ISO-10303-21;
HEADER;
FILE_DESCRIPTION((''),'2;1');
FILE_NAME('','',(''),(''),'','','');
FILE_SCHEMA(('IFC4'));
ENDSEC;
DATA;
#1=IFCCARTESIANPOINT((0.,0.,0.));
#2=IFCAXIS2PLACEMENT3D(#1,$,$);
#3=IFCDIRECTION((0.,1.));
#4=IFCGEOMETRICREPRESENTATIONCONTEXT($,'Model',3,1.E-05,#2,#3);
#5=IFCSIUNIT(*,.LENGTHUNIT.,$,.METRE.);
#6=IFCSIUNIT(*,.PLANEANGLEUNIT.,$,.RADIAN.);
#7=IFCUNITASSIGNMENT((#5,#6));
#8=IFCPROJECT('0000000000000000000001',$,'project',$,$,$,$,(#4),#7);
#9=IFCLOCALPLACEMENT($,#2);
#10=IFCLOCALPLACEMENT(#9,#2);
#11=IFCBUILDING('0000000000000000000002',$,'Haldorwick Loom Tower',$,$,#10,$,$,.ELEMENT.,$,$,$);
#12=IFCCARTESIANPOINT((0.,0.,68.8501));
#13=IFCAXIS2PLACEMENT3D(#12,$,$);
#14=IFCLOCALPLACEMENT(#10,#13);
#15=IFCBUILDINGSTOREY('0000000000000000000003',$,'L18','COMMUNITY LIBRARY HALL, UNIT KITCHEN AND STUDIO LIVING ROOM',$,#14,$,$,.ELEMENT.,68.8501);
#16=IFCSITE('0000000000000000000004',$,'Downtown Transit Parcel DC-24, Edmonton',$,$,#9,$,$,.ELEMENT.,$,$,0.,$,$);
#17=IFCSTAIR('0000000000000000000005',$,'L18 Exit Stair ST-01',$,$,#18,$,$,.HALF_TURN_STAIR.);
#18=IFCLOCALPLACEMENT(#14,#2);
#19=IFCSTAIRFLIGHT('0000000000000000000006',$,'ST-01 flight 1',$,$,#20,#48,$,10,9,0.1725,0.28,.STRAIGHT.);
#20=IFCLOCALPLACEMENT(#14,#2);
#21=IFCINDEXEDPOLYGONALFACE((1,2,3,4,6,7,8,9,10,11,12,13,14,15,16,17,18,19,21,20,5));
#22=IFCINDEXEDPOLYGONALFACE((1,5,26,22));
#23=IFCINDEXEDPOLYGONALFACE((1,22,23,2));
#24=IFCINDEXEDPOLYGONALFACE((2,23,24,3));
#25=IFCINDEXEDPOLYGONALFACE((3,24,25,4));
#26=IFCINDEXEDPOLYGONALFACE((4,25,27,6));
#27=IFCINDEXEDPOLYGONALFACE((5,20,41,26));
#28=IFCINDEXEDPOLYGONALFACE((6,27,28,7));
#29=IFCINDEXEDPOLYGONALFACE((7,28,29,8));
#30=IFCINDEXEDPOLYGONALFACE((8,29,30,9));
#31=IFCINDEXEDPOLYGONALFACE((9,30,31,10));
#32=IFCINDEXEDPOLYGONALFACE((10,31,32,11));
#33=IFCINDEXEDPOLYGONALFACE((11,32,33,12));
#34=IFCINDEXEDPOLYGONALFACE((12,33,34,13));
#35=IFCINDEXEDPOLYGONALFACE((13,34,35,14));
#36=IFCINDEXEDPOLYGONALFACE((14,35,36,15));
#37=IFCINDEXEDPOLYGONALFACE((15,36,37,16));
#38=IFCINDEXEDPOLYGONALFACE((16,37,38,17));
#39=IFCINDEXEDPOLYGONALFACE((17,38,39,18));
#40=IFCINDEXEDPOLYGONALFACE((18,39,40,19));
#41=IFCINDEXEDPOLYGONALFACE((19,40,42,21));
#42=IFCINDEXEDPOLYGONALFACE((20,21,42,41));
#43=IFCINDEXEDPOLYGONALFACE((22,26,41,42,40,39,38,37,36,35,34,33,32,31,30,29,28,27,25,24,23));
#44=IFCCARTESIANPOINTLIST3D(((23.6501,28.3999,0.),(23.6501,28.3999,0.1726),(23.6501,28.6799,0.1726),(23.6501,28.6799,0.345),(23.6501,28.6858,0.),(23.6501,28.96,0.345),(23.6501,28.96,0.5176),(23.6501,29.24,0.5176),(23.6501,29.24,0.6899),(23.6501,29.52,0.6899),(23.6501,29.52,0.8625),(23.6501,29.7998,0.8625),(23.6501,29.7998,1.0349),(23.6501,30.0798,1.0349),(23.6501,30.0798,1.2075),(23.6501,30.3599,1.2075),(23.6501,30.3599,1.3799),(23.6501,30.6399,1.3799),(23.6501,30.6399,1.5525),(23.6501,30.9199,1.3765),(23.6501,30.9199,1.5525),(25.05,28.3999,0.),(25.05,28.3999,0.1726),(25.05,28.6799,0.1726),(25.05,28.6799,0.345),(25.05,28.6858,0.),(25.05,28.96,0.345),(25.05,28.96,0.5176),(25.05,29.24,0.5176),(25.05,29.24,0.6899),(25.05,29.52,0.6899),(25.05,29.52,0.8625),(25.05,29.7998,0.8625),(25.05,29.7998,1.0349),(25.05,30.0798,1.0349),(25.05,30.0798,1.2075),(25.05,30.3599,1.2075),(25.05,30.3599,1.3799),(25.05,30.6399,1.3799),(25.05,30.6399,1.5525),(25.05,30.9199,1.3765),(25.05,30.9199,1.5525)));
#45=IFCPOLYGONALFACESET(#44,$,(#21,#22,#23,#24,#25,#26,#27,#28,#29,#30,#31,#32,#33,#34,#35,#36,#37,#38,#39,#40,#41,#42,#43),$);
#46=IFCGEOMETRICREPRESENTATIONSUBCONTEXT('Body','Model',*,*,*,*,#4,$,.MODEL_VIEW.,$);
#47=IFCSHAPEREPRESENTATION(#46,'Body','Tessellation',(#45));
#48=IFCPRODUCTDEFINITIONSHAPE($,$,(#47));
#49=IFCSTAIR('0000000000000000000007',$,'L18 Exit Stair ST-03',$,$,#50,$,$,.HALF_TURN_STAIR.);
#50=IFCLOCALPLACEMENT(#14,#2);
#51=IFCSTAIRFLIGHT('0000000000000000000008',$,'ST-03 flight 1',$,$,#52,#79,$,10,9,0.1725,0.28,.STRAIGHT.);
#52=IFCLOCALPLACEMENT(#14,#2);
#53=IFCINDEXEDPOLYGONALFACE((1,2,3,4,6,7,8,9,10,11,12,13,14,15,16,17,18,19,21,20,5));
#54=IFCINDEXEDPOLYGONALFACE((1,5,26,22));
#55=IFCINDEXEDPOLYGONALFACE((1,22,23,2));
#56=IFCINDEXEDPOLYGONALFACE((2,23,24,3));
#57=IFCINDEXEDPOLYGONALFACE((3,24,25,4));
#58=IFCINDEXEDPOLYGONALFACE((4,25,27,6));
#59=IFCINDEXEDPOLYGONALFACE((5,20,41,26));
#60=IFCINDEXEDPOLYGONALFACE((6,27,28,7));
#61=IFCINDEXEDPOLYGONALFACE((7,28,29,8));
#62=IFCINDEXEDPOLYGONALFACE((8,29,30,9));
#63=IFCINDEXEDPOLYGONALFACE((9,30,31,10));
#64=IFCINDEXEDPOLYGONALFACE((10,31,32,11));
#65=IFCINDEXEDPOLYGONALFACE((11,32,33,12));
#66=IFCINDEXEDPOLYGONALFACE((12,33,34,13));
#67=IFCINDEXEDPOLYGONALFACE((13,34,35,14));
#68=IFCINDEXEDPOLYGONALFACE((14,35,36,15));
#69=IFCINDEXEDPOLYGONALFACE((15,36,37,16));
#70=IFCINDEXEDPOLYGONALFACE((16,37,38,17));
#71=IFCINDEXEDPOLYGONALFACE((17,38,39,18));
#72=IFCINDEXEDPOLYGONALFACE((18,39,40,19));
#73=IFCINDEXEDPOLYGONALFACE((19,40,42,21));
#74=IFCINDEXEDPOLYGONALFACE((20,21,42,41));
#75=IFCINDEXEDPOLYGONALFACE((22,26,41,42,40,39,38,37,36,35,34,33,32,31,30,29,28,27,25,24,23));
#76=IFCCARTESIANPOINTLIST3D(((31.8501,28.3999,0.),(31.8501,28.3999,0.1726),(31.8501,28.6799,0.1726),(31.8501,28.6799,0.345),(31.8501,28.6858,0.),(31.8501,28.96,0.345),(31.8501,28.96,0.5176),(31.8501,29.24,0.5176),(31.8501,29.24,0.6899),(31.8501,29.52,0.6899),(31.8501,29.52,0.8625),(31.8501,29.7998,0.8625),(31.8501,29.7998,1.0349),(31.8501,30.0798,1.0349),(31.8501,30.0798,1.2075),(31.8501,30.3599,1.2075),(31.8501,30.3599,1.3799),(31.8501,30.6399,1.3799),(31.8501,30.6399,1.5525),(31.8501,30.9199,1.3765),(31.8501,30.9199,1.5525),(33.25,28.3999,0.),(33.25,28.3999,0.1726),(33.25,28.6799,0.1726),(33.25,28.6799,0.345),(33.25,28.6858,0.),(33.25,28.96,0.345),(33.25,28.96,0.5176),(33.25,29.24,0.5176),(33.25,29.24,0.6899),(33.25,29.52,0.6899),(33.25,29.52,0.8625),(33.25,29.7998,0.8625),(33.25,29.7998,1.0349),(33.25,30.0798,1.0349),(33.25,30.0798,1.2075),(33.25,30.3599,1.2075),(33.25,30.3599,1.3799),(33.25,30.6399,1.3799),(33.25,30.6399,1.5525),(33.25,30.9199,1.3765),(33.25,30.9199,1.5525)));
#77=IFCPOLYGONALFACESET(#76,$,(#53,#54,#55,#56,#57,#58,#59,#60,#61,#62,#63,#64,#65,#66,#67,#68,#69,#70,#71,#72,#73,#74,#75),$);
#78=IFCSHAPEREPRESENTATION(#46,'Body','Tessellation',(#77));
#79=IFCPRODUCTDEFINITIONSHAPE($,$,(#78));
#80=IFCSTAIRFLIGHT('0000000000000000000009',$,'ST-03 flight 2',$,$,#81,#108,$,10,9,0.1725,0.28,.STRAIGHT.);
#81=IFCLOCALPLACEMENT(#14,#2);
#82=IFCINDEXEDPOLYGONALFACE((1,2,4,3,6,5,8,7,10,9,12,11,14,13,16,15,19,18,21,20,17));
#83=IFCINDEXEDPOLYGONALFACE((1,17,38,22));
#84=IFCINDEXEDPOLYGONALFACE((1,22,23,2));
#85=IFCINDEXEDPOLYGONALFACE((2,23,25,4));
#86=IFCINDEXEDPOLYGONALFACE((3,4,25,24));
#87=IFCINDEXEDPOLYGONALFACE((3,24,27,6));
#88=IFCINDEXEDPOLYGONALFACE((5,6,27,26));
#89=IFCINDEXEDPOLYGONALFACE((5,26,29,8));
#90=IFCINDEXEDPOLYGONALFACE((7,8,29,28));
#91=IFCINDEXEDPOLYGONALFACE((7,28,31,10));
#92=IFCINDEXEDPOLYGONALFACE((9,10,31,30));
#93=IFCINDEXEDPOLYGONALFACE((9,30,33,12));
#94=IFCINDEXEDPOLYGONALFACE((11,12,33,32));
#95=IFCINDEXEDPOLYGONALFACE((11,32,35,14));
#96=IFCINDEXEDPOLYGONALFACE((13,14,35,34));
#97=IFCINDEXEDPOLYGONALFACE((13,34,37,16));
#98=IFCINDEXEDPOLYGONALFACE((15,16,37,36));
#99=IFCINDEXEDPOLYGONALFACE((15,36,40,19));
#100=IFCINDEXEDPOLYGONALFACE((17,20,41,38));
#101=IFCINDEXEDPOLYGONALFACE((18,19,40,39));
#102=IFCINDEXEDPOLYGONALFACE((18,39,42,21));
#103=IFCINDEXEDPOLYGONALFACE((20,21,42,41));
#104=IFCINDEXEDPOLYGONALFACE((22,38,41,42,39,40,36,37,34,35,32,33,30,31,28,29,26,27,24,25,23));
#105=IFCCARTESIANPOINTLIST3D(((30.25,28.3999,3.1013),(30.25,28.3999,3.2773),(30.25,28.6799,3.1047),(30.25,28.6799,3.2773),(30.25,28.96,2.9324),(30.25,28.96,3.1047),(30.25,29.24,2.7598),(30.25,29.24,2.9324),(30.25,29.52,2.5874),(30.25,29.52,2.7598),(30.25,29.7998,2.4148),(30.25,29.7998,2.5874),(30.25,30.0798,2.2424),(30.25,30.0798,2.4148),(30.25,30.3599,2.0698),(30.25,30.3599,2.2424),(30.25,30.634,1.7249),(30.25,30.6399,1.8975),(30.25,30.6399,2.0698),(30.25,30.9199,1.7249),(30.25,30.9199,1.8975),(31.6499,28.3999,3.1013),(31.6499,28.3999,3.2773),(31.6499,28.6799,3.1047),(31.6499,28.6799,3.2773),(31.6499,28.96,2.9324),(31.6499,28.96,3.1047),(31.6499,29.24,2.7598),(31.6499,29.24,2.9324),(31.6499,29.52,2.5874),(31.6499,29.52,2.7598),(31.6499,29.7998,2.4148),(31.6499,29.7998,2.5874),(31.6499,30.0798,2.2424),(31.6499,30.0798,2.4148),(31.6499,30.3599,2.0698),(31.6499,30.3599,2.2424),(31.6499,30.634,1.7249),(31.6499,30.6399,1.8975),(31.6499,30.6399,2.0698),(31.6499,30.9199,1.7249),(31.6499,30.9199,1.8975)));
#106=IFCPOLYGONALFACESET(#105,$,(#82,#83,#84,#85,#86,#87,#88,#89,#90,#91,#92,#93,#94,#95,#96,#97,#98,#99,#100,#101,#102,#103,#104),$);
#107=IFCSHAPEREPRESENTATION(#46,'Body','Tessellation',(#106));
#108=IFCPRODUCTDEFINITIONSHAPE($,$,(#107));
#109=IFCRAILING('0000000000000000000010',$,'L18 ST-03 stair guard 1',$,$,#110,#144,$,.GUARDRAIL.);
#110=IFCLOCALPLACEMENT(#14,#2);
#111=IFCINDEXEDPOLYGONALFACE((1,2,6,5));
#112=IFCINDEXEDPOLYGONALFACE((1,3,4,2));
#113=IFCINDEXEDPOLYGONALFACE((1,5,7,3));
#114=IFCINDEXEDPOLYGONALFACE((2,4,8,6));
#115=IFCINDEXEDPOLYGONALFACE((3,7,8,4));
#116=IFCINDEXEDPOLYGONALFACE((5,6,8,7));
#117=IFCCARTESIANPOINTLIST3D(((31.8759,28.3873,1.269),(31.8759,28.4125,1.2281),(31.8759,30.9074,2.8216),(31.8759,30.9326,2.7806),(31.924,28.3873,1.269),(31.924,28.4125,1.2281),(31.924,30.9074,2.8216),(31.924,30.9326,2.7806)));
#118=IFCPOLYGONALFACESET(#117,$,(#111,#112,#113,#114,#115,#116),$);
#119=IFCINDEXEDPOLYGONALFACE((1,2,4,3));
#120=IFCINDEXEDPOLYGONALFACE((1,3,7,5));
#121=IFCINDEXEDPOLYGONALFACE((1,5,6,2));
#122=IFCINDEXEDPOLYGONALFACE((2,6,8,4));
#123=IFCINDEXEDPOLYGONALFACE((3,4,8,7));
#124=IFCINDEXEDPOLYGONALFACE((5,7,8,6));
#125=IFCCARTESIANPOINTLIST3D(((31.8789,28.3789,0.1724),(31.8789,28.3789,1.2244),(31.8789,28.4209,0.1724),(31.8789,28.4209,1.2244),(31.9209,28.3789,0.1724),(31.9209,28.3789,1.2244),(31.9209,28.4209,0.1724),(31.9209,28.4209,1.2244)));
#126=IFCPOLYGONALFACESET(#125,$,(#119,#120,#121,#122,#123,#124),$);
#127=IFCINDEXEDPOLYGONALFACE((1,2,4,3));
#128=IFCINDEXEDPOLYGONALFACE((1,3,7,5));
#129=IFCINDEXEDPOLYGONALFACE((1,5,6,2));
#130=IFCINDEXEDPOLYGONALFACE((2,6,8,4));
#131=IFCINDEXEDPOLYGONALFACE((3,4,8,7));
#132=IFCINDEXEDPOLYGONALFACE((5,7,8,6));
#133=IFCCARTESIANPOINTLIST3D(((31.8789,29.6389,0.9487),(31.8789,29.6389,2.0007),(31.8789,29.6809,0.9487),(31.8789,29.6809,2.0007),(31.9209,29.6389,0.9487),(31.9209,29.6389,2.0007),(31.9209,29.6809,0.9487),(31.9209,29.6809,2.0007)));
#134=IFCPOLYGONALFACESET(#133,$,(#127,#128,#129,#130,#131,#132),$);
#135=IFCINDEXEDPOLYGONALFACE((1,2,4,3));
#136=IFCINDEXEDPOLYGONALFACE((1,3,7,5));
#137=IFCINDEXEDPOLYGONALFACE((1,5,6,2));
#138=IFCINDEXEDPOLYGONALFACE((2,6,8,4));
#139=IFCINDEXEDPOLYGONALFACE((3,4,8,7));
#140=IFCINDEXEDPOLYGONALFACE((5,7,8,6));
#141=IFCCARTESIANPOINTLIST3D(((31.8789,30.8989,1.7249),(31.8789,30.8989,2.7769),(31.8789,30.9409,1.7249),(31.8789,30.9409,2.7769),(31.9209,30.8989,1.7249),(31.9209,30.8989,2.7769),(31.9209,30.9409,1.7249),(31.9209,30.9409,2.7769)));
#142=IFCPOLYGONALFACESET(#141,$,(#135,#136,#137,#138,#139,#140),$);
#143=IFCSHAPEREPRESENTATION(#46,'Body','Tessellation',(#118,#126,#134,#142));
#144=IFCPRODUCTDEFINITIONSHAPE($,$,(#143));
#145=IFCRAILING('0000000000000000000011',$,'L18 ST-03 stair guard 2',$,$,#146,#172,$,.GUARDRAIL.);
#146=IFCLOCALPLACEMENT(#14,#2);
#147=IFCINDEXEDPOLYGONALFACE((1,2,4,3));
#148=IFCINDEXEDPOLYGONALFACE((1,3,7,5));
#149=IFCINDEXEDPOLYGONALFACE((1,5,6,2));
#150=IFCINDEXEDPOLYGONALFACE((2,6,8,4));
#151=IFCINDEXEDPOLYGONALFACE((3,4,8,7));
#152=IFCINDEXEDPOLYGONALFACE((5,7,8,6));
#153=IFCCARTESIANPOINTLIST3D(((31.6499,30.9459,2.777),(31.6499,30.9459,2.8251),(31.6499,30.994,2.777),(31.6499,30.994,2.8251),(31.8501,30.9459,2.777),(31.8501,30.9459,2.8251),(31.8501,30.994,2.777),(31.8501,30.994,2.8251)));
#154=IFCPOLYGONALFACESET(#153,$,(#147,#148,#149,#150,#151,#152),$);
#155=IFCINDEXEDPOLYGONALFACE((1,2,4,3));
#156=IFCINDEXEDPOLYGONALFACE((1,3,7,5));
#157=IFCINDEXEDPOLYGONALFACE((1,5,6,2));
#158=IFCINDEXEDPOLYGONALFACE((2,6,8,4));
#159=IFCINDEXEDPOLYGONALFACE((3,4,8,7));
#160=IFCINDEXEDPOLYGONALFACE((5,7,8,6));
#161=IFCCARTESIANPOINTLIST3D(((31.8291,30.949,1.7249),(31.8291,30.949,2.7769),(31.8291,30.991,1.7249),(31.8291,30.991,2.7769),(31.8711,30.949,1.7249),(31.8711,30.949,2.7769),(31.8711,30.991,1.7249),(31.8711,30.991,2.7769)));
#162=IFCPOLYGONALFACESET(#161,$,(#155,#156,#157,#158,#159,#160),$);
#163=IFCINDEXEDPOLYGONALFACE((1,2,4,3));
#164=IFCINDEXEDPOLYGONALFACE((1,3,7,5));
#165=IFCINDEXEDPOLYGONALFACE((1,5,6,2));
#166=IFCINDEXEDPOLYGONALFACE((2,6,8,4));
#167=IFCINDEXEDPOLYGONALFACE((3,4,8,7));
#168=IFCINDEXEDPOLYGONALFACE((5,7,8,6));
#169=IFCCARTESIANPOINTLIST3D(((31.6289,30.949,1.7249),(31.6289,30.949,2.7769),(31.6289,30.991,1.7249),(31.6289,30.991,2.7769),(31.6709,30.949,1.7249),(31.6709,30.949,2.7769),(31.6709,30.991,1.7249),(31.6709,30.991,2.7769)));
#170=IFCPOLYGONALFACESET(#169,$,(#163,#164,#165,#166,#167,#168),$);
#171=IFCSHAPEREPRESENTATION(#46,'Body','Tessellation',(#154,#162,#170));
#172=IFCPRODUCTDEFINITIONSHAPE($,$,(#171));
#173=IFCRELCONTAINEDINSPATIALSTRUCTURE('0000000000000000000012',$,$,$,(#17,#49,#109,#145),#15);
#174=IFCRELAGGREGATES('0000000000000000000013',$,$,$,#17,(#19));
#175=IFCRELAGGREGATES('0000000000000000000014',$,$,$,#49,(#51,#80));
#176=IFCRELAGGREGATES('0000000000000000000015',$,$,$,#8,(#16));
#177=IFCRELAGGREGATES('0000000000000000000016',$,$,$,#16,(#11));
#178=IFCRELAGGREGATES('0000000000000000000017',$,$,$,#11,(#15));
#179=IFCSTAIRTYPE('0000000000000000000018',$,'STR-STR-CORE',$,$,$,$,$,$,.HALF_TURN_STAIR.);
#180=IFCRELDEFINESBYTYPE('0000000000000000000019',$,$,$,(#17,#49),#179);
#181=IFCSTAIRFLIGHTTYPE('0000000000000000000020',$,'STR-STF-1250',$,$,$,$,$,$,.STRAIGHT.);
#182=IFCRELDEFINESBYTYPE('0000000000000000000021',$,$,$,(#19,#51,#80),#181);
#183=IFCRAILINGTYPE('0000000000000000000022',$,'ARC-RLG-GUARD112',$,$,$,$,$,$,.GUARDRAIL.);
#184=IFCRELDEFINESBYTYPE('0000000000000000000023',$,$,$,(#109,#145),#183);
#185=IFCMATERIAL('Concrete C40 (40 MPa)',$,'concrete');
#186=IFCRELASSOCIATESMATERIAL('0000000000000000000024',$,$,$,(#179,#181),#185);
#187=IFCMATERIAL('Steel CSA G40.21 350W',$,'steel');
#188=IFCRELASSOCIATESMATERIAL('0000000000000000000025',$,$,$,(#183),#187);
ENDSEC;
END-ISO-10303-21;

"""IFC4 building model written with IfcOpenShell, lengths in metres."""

from ifc_helpers import new_model, si_unit, direction, frame, origin, origin_2d, place, context, subcontext, project, spatial, polyline, rectangle, outline, extrude, material, type_object, element, aggregate, save


model = new_model("IFC4")

# Units and contexts
model_context = context("Model", 3, precision=1e-05, world=origin(), true_north=direction((0.0, 1.0)))
body_context = subcontext(model_context, "Body", "Model", "MODEL_VIEW")
ifc_project = project(units=[si_unit("LENGTHUNIT", "METRE"), si_unit("PLANEANGLEUNIT", "RADIAN")], contexts=[model_context])

# Site, building, storey
site_placement = place(None, origin())
site = spatial("IfcSite", under=ifc_project, at=site_placement, Name="Downtown Transit Parcel DC-24, Edmonton", CompositionType="ELEMENT", RefElevation=0.0)
building_placement = place(site_placement, origin())
building = spatial("IfcBuilding", under=site, at=building_placement, Name="Haldorwick Loom Tower", CompositionType="ELEMENT")
storey_placement = place(building_placement, frame((0.0, 0.0, 68.8501)))
storey = spatial("IfcBuildingStorey", under=building, at=storey_placement, Name="L18", Description="COMMUNITY LIBRARY HALL, UNIT KITCHEN AND STUDIO LIVING ROOM", CompositionType="ELEMENT", Elevation=68.8501)

# Shared definitions
ifc_material_1 = material(Name="Steel CSA G40.21 350W", Category="steel")

# Stair, stair flight
ifc_material_2 = material(Name="Concrete C40 (40 MPa)", Category="concrete")
stair_type = type_object("IfcStairType", Name="STR-STR-CORE", PredefinedType="HALF_TURN_STAIR", material=ifc_material_2)
stair_1_placement = place(storey_placement, origin())
stair_1 = element("IfcStair", 1, at=stair_1_placement, inside=storey, type_object=stair_type, Name="L18 Exit Stair ST-01", PredefinedType="HALF_TURN_STAIR")
stair_flight_type = type_object("IfcStairFlightType", Name="STR-STF-1250", PredefinedType="STRAIGHT", material=ifc_material_2)
stair_flight_1_placement = place(storey_placement, frame((24.3501, 28.3999, 0.0), z_axis=(0.0, 0.0, 1.0), x_axis=(0.0, 1.0, 0.0)))
stair_flight_1 = element("IfcStairFlight", 2, at=stair_flight_1_placement, type_object=stair_flight_type, Name="ST-01 flight 1", NumberOfRisers=10, NumberOfTreads=9, PredefinedType="STRAIGHT", RiserHeight=0.1725, TreadLength=0.28, context=body_context, shape_type="SweptSolid", body=[
    extrude(outline(polyline([(0.0, 0.0), (0.0, 0.1726), (0.28, 0.1726), (0.28, 0.345), (0.5601, 0.345), (0.5601, 0.5176), (0.8401, 0.5176), (0.8401, 0.6899), (1.1201, 0.6899), (1.1201, 0.8625), (1.3999, 0.8625), (1.3999, 1.0349), (1.6799, 1.0349), (1.6799, 1.2075), (1.96, 1.2075), (1.96, 1.3799), (2.24, 1.3799), (2.24, 1.5525), (2.52, 1.5525), (2.52, 1.7251), (2.52, 1.3765), (0.2859, 0.0), (0.0, 0.0)])), frame((0.0, 0.7, 0.0), z_axis=(0.0, -1.0, 0.0), x_axis=(1.0, 0.0, 0.0)), (0.0, 0.0, 1.0), 1.3999),
])
aggregate(stair_1, [stair_flight_1])

# Stair, stair flights
stair_2_placement = place(storey_placement, origin())
stair_2 = element("IfcStair", 3, at=stair_2_placement, inside=storey, type_object=stair_type, Name="L18 Exit Stair ST-03", PredefinedType="HALF_TURN_STAIR")
stair_flight_2_placement = place(storey_placement, frame((32.55, 28.3999, 0.0), z_axis=(0.0, 0.0, 1.0), x_axis=(0.0, 1.0, 0.0)))
stair_flight_2 = element("IfcStairFlight", 4, at=stair_flight_2_placement, type_object=stair_flight_type, Name="ST-03 flight 1", NumberOfRisers=10, NumberOfTreads=9, PredefinedType="STRAIGHT", RiserHeight=0.1725, TreadLength=0.28, context=body_context, shape_type="SweptSolid", body=[
    extrude(outline(polyline([(0.0, 0.0), (0.0, 0.1726), (0.28, 0.1726), (0.28, 0.345), (0.5601, 0.345), (0.5601, 0.5176), (0.8401, 0.5176), (0.8401, 0.6899), (1.1201, 0.6899), (1.1201, 0.8625), (1.3999, 0.8625), (1.3999, 1.0349), (1.6799, 1.0349), (1.6799, 1.2075), (1.96, 1.2075), (1.96, 1.3799), (2.24, 1.3799), (2.24, 1.5525), (2.52, 1.5525), (2.52, 1.7251), (2.52, 1.3765), (0.2859, 0.0), (0.0, 0.0)])), frame((0.0, 0.7, 0.0), z_axis=(0.0, -1.0, 0.0), x_axis=(1.0, 0.0, 0.0)), (0.0, 0.0, 1.0), 1.3999),
])
stair_flight_3_placement = place(storey_placement, frame((30.95, 30.9199, 1.7249), z_axis=(0.0, 0.0, 1.0), x_axis=(0.0, -1.0, 0.0)))
stair_flight_3 = element("IfcStairFlight", 5, at=stair_flight_3_placement, type_object=stair_flight_type, Name="ST-03 flight 2", NumberOfRisers=10, NumberOfTreads=9, PredefinedType="STRAIGHT", RiserHeight=0.1725, TreadLength=0.28, context=body_context, shape_type="SweptSolid", body=[
    extrude(outline(polyline([(0.0, 0.0), (0.0, 0.1726), (0.28, 0.1726), (0.28, 0.345), (0.5601, 0.345), (0.5601, 0.5176), (0.8401, 0.5176), (0.8401, 0.6899), (1.1201, 0.6899), (1.1201, 0.8625), (1.3999, 0.8625), (1.3999, 1.0349), (1.6799, 1.0349), (1.6799, 1.2075), (1.96, 1.2075), (1.96, 1.3799), (2.24, 1.3799), (2.24, 1.5525), (2.52, 1.5525), (2.52, 1.7251), (2.52, 1.3765), (0.2859, 0.0), (0.0, 0.0)])), frame((0.0, 0.7, 0.0), z_axis=(0.0, -1.0, 0.0), x_axis=(1.0, 0.0, 0.0)), (0.0, 0.0, 1.0), 1.3999),
])
aggregate(stair_2, [stair_flight_2, stair_flight_3])

# Railings
railing_type_1 = type_object("IfcRailingType", Name="ARC-RLG-GUARD112", PredefinedType="GUARDRAIL", material=ifc_material_1)
railing_1_placement = place(storey_placement, frame((31.8999, 28.3999, 0.1724)))
element("IfcRailing", 6, at=railing_1_placement, inside=storey, type_object=railing_type_1, Name="L18 ST-03 stair guard 1", PredefinedType="GUARDRAIL", context=body_context, shape_type="SweptSolid", body=[
    extrude(rectangle(XDim=0.0481, YDim=0.0481, at=origin_2d()), frame((0.0, 0.0, 1.0762), z_axis=(0.0, 0.8514, 0.524516), x_axis=(-1.0, 0.0, 0.0)), (0.0, 0.0, 1.0), 2.96),
    extrude(rectangle(XDim=0.042, YDim=0.042, at=origin_2d()), origin(), (0.0, 0.0, 1.0), 1.052),
    extrude(rectangle(XDim=0.042, YDim=0.042, at=origin_2d()), frame((0.0, 1.26, 0.7764)), (0.0, 0.0, 1.0), 1.052),
    extrude(rectangle(XDim=0.042, YDim=0.042, at=origin_2d()), frame((0.0, 2.52, 1.5525)), (0.0, 0.0, 1.0), 1.052),
])
railing_2_placement = place(storey_placement, frame((31.8501, 30.97, 1.7249)))
element("IfcRailing", 7, at=railing_2_placement, inside=storey, type_object=railing_type_1, Name="L18 ST-03 stair guard 2", PredefinedType="GUARDRAIL", context=body_context, shape_type="SweptSolid", body=[
    extrude(rectangle(XDim=0.0481, YDim=0.0481, at=origin_2d()), frame((0.0, 0.0, 1.0762), z_axis=(-1.0, 0.0, 0.0), x_axis=(0.0, -1.0, 0.0)), (0.0, 0.0, 1.0), 0.2002),
    extrude(rectangle(XDim=0.042, YDim=0.042, at=origin_2d()), origin(), (0.0, 0.0, 1.0), 1.052),
    extrude(rectangle(XDim=0.042, YDim=0.042, at=origin_2d()), frame((-0.2002, 0.0, 0.0)), (0.0, 0.0, 1.0), 1.052),
])

save(model, "model.ifc")
